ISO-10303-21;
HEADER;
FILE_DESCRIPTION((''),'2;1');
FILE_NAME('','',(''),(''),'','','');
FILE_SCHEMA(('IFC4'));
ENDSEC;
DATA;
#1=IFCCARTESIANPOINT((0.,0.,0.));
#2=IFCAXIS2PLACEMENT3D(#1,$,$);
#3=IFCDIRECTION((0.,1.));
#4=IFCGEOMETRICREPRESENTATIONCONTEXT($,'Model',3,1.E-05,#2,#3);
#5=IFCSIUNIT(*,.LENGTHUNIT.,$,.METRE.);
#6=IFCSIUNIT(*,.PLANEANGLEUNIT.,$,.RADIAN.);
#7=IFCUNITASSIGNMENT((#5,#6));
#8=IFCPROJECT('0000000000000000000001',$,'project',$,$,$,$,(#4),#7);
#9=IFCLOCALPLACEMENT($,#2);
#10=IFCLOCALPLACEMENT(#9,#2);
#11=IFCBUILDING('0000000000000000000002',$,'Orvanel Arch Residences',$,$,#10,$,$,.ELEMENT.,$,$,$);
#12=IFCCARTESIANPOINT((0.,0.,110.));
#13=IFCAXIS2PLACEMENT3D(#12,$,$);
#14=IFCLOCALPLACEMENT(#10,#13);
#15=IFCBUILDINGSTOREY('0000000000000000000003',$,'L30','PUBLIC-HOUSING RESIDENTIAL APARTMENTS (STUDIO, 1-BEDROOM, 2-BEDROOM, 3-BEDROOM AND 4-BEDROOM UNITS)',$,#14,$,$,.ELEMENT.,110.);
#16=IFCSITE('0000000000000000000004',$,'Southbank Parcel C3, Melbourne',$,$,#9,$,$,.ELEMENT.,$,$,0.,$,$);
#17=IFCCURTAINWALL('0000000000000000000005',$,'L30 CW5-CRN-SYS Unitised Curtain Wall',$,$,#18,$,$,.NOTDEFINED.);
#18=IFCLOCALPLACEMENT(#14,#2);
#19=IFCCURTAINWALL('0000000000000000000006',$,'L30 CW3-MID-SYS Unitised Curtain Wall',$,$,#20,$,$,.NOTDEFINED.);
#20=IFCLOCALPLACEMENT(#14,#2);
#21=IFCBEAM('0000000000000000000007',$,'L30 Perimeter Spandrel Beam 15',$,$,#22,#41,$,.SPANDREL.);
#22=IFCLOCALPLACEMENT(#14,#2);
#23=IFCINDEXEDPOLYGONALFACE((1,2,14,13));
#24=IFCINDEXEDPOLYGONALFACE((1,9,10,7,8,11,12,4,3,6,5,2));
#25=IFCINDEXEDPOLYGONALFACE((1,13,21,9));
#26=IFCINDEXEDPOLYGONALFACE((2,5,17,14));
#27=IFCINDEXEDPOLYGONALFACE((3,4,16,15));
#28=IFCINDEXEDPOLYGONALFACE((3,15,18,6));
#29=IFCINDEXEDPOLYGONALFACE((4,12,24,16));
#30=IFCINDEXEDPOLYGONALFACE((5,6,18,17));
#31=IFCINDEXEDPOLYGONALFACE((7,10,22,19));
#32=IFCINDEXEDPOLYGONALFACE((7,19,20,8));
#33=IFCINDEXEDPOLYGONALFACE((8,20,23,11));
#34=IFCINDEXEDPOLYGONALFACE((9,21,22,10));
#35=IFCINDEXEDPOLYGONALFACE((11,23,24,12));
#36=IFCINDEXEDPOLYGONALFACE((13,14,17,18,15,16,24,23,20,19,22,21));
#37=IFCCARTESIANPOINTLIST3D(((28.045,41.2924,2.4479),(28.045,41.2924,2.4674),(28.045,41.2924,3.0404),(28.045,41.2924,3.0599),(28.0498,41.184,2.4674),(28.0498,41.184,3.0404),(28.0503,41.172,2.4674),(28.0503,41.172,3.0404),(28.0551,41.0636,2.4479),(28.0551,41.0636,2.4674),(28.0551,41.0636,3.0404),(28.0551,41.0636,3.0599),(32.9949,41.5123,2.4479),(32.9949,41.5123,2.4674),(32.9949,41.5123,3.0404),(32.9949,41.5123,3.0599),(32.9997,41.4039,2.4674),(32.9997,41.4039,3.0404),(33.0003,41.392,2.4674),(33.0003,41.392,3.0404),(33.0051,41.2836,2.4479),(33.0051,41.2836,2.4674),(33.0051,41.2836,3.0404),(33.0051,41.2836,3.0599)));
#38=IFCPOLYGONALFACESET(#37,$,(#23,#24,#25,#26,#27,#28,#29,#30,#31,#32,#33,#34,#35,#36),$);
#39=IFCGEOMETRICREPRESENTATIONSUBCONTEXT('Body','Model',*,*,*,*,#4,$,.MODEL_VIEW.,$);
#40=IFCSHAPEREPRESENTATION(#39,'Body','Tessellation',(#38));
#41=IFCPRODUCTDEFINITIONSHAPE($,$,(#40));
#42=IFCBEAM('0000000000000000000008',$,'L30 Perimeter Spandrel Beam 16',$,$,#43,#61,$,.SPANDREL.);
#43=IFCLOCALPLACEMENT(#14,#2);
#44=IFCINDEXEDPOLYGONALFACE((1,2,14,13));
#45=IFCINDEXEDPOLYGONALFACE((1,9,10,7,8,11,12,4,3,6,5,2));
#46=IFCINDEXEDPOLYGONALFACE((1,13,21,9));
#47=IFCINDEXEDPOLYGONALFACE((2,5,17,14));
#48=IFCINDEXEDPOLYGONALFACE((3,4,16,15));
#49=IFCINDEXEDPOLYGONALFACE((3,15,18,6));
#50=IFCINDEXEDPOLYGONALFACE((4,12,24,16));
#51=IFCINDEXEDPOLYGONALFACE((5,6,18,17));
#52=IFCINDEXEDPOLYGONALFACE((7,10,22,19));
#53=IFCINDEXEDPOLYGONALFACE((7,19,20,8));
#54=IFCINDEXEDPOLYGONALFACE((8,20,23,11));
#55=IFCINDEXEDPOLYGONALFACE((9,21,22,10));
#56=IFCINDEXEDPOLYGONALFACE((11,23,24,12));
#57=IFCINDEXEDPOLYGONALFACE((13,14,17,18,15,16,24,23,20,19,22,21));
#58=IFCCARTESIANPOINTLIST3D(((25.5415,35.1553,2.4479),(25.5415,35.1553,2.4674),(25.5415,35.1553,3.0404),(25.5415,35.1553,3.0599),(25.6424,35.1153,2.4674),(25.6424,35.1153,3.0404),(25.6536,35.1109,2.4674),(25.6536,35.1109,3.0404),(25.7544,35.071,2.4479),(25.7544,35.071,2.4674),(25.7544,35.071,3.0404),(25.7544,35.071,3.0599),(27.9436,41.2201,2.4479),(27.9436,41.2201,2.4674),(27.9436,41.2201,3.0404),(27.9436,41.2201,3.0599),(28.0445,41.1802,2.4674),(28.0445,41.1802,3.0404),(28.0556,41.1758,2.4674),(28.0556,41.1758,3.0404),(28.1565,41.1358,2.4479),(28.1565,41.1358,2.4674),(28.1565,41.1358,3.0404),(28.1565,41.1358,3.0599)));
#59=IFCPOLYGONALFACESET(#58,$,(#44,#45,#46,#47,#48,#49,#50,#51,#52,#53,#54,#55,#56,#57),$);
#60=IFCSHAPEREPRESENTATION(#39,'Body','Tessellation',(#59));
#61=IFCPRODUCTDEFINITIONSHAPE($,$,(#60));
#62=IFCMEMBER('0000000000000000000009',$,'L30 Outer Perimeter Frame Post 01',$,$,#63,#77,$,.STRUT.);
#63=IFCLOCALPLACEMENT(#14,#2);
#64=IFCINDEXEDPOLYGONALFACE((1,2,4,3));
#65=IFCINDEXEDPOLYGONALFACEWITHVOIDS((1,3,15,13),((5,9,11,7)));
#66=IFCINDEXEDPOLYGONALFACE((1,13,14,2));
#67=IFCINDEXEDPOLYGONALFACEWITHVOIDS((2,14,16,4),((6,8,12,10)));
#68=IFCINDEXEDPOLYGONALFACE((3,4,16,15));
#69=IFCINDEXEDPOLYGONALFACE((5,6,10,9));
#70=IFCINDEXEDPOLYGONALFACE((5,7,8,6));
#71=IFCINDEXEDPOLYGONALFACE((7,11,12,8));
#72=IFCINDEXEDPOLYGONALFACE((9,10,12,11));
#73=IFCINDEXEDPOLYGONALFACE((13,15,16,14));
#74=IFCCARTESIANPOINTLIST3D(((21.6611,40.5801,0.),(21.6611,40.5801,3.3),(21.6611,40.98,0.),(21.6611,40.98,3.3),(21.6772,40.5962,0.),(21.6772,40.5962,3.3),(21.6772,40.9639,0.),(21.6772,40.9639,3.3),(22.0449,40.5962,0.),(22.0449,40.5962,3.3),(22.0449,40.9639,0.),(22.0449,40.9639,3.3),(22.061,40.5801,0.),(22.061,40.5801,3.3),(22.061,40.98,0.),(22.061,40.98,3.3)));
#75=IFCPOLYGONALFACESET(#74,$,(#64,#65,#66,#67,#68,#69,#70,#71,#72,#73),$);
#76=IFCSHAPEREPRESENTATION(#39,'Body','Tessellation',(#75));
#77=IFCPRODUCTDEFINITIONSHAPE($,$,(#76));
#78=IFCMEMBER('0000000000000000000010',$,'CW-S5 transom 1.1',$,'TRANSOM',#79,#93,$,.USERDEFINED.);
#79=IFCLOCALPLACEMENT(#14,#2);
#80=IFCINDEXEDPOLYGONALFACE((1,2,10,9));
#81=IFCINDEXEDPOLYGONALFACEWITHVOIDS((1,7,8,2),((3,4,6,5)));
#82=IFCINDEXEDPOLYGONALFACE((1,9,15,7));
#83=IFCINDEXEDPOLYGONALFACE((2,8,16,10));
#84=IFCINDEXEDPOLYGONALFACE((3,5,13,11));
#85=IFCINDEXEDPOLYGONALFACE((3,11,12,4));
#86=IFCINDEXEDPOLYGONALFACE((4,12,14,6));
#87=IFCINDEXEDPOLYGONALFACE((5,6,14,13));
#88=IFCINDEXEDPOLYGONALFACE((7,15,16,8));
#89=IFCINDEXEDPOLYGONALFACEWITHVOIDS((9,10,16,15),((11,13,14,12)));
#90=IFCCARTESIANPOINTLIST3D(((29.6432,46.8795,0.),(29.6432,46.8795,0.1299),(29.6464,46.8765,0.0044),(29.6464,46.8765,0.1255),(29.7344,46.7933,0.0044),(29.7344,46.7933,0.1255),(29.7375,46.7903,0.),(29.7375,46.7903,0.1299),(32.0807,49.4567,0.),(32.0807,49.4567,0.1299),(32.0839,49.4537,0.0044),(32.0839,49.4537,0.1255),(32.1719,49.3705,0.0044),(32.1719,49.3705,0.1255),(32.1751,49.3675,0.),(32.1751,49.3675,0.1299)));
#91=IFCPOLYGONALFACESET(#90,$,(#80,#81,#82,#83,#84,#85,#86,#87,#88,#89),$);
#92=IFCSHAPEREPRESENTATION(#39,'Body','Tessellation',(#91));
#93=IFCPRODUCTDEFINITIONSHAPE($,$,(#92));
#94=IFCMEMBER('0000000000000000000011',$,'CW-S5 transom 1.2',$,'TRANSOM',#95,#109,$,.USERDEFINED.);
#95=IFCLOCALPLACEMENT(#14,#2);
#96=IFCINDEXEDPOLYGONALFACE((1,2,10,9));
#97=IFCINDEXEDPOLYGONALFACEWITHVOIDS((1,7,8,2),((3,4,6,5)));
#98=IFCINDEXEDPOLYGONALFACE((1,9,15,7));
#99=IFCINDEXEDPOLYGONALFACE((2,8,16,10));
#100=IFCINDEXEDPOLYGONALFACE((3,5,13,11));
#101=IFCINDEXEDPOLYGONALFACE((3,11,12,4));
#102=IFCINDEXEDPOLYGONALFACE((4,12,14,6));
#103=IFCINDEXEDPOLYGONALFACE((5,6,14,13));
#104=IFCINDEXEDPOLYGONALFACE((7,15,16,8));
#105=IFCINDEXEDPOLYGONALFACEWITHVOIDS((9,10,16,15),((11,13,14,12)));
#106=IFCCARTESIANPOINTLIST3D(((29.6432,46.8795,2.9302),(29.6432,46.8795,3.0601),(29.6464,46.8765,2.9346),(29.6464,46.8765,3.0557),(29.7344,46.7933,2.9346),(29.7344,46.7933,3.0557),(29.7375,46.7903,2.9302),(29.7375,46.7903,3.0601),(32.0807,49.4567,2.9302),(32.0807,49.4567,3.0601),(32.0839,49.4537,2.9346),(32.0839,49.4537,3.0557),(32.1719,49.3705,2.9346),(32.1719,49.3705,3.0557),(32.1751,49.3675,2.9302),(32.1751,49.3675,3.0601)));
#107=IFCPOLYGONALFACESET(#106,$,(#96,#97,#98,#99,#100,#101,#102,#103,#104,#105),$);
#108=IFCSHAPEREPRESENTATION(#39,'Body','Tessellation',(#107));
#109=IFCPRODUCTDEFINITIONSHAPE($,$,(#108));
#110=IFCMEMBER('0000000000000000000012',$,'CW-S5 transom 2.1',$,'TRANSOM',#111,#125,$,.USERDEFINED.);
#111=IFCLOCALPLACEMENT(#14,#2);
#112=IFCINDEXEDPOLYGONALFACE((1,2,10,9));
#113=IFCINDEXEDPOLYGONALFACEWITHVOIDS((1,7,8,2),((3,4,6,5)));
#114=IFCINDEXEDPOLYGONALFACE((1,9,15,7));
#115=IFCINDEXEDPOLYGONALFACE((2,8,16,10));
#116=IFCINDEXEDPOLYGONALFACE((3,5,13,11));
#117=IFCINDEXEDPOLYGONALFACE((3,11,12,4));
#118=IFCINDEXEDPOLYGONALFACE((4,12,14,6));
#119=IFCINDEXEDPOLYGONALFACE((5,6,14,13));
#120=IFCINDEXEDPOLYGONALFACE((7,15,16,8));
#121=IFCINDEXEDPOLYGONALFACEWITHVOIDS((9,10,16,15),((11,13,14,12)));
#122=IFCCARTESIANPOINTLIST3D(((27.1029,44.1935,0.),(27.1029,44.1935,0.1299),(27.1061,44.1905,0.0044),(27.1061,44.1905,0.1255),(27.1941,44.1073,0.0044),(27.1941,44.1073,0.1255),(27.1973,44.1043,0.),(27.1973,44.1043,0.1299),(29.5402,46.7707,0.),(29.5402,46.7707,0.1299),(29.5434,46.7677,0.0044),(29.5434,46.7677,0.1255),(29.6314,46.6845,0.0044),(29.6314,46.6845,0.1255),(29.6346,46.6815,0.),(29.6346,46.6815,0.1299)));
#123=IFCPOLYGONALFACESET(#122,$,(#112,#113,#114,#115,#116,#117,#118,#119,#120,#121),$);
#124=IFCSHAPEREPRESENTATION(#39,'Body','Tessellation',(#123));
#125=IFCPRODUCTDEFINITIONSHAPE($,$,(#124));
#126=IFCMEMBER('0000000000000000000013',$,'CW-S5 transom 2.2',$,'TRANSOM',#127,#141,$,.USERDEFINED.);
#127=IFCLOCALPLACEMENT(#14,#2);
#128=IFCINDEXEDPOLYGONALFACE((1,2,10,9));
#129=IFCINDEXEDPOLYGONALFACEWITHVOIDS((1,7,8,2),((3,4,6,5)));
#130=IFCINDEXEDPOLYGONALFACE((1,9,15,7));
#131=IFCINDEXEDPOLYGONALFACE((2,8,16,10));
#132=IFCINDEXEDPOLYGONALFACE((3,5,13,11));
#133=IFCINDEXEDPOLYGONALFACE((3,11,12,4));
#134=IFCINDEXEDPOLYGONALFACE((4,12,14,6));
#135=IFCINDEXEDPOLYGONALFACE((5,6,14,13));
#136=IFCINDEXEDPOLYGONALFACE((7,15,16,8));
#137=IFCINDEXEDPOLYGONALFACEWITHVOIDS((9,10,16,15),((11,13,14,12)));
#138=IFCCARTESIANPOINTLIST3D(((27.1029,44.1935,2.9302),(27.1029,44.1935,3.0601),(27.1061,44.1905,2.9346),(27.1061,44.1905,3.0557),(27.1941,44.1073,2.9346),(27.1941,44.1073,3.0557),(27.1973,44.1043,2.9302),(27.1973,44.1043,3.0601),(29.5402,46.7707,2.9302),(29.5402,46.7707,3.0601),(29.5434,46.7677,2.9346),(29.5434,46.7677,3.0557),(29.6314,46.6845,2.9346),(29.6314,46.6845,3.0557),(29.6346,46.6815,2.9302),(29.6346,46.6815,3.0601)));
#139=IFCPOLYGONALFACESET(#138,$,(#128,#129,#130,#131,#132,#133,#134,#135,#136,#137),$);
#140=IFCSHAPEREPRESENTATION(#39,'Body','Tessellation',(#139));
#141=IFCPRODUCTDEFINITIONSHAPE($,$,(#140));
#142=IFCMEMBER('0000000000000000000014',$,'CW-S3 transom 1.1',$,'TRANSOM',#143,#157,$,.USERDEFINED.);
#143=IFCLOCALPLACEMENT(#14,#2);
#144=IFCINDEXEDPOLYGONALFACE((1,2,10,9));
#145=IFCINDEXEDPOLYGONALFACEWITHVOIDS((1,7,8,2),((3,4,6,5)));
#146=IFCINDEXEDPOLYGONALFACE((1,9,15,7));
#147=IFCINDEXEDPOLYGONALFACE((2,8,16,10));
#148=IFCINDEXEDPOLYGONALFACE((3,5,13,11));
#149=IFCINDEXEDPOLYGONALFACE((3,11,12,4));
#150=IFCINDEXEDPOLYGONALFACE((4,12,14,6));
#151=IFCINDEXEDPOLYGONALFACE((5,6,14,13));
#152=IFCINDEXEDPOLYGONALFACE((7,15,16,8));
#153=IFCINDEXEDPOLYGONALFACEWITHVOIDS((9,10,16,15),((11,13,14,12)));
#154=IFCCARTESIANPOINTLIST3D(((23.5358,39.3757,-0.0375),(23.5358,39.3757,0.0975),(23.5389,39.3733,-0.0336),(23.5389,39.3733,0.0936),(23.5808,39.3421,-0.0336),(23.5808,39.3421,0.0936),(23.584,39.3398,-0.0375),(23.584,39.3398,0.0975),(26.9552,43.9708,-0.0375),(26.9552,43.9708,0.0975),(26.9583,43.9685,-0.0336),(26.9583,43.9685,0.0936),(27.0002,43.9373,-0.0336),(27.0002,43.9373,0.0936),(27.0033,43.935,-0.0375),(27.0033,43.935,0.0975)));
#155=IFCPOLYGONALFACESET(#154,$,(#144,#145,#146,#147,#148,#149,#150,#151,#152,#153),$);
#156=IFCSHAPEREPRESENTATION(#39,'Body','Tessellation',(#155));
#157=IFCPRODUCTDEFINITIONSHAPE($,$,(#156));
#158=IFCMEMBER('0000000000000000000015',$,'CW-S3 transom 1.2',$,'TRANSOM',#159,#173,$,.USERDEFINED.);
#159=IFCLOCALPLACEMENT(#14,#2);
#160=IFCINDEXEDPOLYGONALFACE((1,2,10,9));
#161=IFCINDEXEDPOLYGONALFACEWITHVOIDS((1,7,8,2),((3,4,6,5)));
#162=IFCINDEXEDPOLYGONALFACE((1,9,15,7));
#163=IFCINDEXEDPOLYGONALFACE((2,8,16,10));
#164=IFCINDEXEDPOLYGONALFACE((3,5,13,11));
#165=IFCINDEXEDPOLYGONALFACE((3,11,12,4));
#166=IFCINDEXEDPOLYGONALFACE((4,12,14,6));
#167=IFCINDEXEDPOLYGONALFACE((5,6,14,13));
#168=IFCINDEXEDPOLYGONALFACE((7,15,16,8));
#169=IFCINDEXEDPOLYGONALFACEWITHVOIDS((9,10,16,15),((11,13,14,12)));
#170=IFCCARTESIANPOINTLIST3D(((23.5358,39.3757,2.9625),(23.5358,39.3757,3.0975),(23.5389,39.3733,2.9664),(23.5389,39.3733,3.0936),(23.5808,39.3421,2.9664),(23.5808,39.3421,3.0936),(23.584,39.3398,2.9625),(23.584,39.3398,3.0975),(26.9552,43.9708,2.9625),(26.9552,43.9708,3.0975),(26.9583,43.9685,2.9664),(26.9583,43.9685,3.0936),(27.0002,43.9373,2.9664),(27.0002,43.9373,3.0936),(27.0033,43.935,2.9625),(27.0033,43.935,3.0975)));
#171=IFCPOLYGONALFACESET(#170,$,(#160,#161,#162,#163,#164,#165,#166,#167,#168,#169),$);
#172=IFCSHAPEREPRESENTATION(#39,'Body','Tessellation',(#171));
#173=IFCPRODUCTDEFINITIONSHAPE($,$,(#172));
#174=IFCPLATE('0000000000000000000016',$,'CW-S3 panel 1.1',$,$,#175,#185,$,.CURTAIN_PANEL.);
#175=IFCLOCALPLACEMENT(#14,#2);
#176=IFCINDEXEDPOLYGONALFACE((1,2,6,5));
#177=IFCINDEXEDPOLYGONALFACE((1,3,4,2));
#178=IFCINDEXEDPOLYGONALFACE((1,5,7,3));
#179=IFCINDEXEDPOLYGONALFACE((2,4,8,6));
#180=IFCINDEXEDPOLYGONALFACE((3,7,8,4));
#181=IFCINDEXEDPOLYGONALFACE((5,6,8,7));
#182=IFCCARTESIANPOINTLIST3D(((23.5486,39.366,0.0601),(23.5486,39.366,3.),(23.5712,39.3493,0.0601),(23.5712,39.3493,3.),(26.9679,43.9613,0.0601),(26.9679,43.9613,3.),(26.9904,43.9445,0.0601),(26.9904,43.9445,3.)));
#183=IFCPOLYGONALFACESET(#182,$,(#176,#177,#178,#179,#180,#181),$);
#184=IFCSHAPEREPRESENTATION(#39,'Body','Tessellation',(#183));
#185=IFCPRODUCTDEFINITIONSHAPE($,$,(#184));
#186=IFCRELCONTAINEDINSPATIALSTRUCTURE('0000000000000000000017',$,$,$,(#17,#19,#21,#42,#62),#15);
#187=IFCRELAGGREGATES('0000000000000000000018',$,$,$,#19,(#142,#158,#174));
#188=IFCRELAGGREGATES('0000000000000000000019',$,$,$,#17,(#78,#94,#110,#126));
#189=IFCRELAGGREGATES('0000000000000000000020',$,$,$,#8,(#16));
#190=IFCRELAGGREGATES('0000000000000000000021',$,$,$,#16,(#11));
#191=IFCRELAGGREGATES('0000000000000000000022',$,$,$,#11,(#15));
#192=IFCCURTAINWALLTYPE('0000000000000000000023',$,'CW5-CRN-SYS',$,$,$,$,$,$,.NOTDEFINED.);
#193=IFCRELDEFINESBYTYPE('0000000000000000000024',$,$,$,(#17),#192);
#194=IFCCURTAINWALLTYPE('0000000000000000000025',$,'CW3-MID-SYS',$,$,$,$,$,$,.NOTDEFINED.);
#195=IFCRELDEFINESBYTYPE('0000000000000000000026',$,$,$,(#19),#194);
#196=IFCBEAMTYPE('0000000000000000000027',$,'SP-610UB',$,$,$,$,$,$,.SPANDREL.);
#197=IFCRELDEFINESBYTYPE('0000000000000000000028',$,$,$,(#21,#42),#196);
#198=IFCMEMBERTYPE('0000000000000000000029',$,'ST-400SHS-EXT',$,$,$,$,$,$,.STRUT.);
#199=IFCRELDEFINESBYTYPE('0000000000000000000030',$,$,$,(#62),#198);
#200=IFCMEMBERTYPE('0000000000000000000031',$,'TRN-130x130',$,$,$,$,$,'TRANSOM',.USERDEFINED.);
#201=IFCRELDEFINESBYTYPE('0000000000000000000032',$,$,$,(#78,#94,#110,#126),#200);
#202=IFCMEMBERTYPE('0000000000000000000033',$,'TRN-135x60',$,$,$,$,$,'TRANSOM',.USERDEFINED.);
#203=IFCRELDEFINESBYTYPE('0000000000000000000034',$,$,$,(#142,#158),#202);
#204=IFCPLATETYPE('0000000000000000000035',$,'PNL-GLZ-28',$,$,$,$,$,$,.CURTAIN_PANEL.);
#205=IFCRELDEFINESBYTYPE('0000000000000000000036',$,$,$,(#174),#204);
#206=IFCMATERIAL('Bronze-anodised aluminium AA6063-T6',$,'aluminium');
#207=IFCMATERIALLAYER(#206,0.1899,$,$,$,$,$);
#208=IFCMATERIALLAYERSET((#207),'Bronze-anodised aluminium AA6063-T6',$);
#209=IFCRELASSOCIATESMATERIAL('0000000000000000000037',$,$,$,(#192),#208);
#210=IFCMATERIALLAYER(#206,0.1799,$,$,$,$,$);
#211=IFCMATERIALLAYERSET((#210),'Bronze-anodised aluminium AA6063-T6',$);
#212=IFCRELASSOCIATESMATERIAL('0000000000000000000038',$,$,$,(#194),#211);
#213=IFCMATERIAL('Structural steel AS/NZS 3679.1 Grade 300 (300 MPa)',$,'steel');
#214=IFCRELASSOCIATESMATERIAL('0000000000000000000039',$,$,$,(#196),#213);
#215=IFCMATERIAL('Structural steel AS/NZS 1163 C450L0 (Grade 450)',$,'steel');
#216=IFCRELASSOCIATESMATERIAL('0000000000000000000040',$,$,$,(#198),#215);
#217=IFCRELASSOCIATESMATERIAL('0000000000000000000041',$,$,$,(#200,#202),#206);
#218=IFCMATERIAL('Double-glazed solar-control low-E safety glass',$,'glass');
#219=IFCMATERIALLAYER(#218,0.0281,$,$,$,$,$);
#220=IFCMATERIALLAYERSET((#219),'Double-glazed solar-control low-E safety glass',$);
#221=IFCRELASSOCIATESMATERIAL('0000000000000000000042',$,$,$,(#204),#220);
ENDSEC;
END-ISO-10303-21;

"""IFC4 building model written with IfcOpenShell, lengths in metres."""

from ifc_helpers import new_model, si_unit, direction, frame, origin, origin_2d, place, context, subcontext, project, spatial, rectangle, hollow_rectangle, i_section, extrude, material, layer, layer_set, material_profile, profile_set, type_object, element, aggregate, save


model = new_model("IFC4")

# Units and contexts
model_context = context("Model", 3, precision=1e-05, world=origin(), true_north=direction((0.0, 1.0)))
body_context = subcontext(model_context, "Body", "Model", "MODEL_VIEW")
ifc_project = project(units=[si_unit("LENGTHUNIT", "METRE"), si_unit("PLANEANGLEUNIT", "RADIAN")], contexts=[model_context])

# Site, building, storey
site_placement = place(None, origin())
site = spatial("IfcSite", under=ifc_project, at=site_placement, Name="Southbank Parcel C3, Melbourne", CompositionType="ELEMENT", RefElevation=0.0)
building_placement = place(site_placement, origin())
building = spatial("IfcBuilding", under=site, at=building_placement, Name="Orvanel Arch Residences", CompositionType="ELEMENT")
storey_placement = place(building_placement, frame((0.0, 0.0, 110.0)))
storey = spatial("IfcBuildingStorey", under=building, at=storey_placement, Name="L30", Description="PUBLIC-HOUSING RESIDENTIAL APARTMENTS (STUDIO, 1-BEDROOM, 2-BEDROOM, 3-BEDROOM AND 4-BEDROOM UNITS)", CompositionType="ELEMENT", Elevation=110.0)

# Shared definitions
ifc_material_1 = material(Name="Structural steel AS/NZS 3679.1 Grade 300 (300 MPa)", Category="steel")

# Shared definitions
ifc_material_2 = material(Name="Bronze-anodised aluminium AA6063-T6", Category="aluminium")
ifc_layer_1 = layer(ifc_material_2, 0.1899)
ifc_layer_set_1 = layer_set([ifc_layer_1], Name="Bronze-anodised aluminium AA6063-T6")
curtain_wall_type_1 = type_object("IfcCurtainWallType", Name="CW5-CRN-SYS", PredefinedType="NOTDEFINED", material=ifc_layer_set_1)

# Curtain wall
curtain_wall_1_placement = place(storey_placement, origin())
curtain_wall_1 = element("IfcCurtainWall", 1, at=curtain_wall_1_placement, inside=storey, type_object=curtain_wall_type_1, Name="L30 CW5-CRN-SYS Unitised Curtain Wall", PredefinedType="NOTDEFINED")

# Curtain wall
ifc_layer_2 = layer(ifc_material_2, 0.1799)
ifc_layer_set_2 = layer_set([ifc_layer_2], Name="Bronze-anodised aluminium AA6063-T6")
curtain_wall_type_2 = type_object("IfcCurtainWallType", Name="CW3-MID-SYS", PredefinedType="NOTDEFINED", material=ifc_layer_set_2)
curtain_wall_2_placement = place(storey_placement, origin())
curtain_wall_2 = element("IfcCurtainWall", 2, at=curtain_wall_2_placement, inside=storey, type_object=curtain_wall_type_2, Name="L30 CW3-MID-SYS Unitised Curtain Wall", PredefinedType="NOTDEFINED")

# Beams
ifc_material_profile_1 = material_profile(ifc_material_1, i_section(OverallWidth=0.229, OverallDepth=0.6121, WebThickness=0.012, FlangeThickness=0.0195, at=origin_2d()), Name="610UB125")
ifc_profile_set_1 = profile_set([ifc_material_profile_1], Name="Structural steel AS/NZS 3679.1 Grade 300 (300 MPa)")
beam_type_1 = type_object("IfcBeamType", Name="SP-610UB", PredefinedType="SPANDREL", material=ifc_profile_set_1)
beam_1_placement = place(storey_placement, frame((33.0, 41.3979, 2.7539), z_axis=(-0.999014, -0.044395, 0.0), x_axis=(0.044395, -0.999014, 0.0)))
element("IfcBeam", 3, at=beam_1_placement, inside=storey, type_object=beam_type_1, Name="L30 Perimeter Spandrel Beam 15", PredefinedType="SPANDREL", context=body_context, shape_type="SweptSolid", body=[
    extrude(i_section(OverallWidth=0.229, OverallDepth=0.6121, WebThickness=0.012, FlangeThickness=0.0195, at=origin_2d()), origin(), (0.0, 0.0, 1.0), 4.9548),
])
beam_2_placement = place(storey_placement, frame((28.05, 41.178, 2.7539), z_axis=(-0.368233, -0.929733, 0.0), x_axis=(0.929733, -0.368233, 0.0)))
element("IfcBeam", 4, at=beam_2_placement, inside=storey, type_object=beam_type_1, Name="L30 Perimeter Spandrel Beam 16", PredefinedType="SPANDREL", context=body_context, shape_type="SweptSolid", body=[
    extrude(i_section(OverallWidth=0.229, OverallDepth=0.6121, WebThickness=0.012, FlangeThickness=0.0195, at=origin_2d()), origin(), (0.0, 0.0, 1.0), 6.5232),
])

# Members
ifc_material_3 = material(Name="Structural steel AS/NZS 1163 C450L0 (Grade 450)", Category="steel")
ifc_material_profile_2 = material_profile(ifc_material_3, hollow_rectangle(XDim=0.3999, YDim=0.3999, WallThickness=0.0161, at=origin_2d()), Name="SHS400x400x16")
ifc_profile_set_2 = profile_set([ifc_material_profile_2], Name="Structural steel AS/NZS 1163 C450L0 (Grade 450)")
member_type_1 = type_object("IfcMemberType", Name="ST-400SHS-EXT", PredefinedType="STRUT", material=ifc_profile_set_2)
member_1_placement = place(storey_placement, frame((21.8611, 40.78, 0.0), z_axis=(0.0, 0.0, 1.0), x_axis=(1.0, 0.0, 0.0)))
element("IfcMember", 5, at=member_1_placement, inside=storey, type_object=member_type_1, Name="L30 Outer Perimeter Frame Post 01", PredefinedType="STRUT", context=body_context, shape_type="SweptSolid", body=[
    extrude(hollow_rectangle(XDim=0.3999, YDim=0.3999, WallThickness=0.0161, at=origin_2d()), origin(), (0.0, 0.0, 1.0), 3.3),
])
ifc_material_profile_3 = material_profile(ifc_material_2, hollow_rectangle(XDim=0.1299, YDim=0.1299, WallThickness=0.0044, at=origin_2d()), Name="ALU130x130x4.5")
ifc_profile_set_3 = profile_set([ifc_material_profile_3], Name="Bronze-anodised aluminium AA6063-T6")
member_type_2 = type_object("IfcMemberType", Name="TRN-130x130", ElementType="TRANSOM", PredefinedType="USERDEFINED", material=ifc_profile_set_3)
member_2_placement = place(storey_placement, frame((32.1279, 49.4121, 0.0649), z_axis=(-0.687149, -0.726517, 0.0), x_axis=(0.726517, -0.687149, 0.0)))
member_2 = element("IfcMember", 6, at=member_2_placement, type_object=member_type_2, Name="CW-S5 transom 1.1", ObjectType="TRANSOM", PredefinedType="USERDEFINED", context=body_context, shape_type="SweptSolid", body=[
    extrude(hollow_rectangle(XDim=0.1299, YDim=0.1299, WallThickness=0.0044, at=origin_2d()), origin(), (0.0, 0.0, 1.0), 3.5474),
])
member_3_placement = place(storey_placement, frame((32.1279, 49.4121, 2.9951), z_axis=(-0.687149, -0.726517, 0.0), x_axis=(0.726517, -0.687149, 0.0)))
member_3 = element("IfcMember", 7, at=member_3_placement, type_object=member_type_2, Name="CW-S5 transom 1.2", ObjectType="TRANSOM", PredefinedType="USERDEFINED", context=body_context, shape_type="SweptSolid", body=[
    extrude(hollow_rectangle(XDim=0.1299, YDim=0.1299, WallThickness=0.0044, at=origin_2d()), origin(), (0.0, 0.0, 1.0), 3.5474),
])
member_4_placement = place(storey_placement, frame((29.5874, 46.7261, 0.0649), z_axis=(-0.687112, -0.726551, 0.0), x_axis=(0.726551, -0.687112, 0.0)))
member_4 = element("IfcMember", 8, at=member_4_placement, type_object=member_type_2, Name="CW-S5 transom 2.1", ObjectType="TRANSOM", PredefinedType="USERDEFINED", context=body_context, shape_type="SweptSolid", body=[
    extrude(hollow_rectangle(XDim=0.1299, YDim=0.1299, WallThickness=0.0044, at=origin_2d()), origin(), (0.0, 0.0, 1.0), 3.5471),
])
member_5_placement = place(storey_placement, frame((29.5874, 46.7261, 2.9951), z_axis=(-0.687112, -0.726551, 0.0), x_axis=(0.726551, -0.687112, 0.0)))
member_5 = element("IfcMember", 9, at=member_5_placement, type_object=member_type_2, Name="CW-S5 transom 2.2", ObjectType="TRANSOM", PredefinedType="USERDEFINED", context=body_context, shape_type="SweptSolid", body=[
    extrude(hollow_rectangle(XDim=0.1299, YDim=0.1299, WallThickness=0.0044, at=origin_2d()), origin(), (0.0, 0.0, 1.0), 3.5471),
])
ifc_material_profile_4 = material_profile(ifc_material_2, hollow_rectangle(XDim=0.0601, YDim=0.135, WallThickness=0.0039, at=origin_2d()), Name="ALU135x60x4")
ifc_profile_set_4 = profile_set([ifc_material_profile_4], Name="Bronze-anodised aluminium AA6063-T6")
member_type_3 = type_object("IfcMemberType", Name="TRN-135x60", ElementType="TRANSOM", PredefinedType="USERDEFINED", material=ifc_profile_set_4)
member_6_placement = place(storey_placement, frame((26.9792, 43.9529, 0.03), z_axis=(-0.596981, -0.802255, 0.0), x_axis=(0.802255, -0.596981, 0.0)))
member_6 = element("IfcMember", 10, at=member_6_placement, type_object=member_type_3, Name="CW-S3 transom 1.1", ObjectType="TRANSOM", PredefinedType="USERDEFINED", context=body_context, shape_type="SweptSolid", body=[
    extrude(hollow_rectangle(XDim=0.0601, YDim=0.135, WallThickness=0.0039, at=origin_2d()), origin(), (0.0, 0.0, 1.0), 5.7278),
])
member_7_placement = place(storey_placement, frame((26.9792, 43.9529, 3.03), z_axis=(-0.596981, -0.802255, 0.0), x_axis=(0.802255, -0.596981, 0.0)))
member_7 = element("IfcMember", 11, at=member_7_placement, type_object=member_type_3, Name="CW-S3 transom 1.2", ObjectType="TRANSOM", PredefinedType="USERDEFINED", context=body_context, shape_type="SweptSolid", body=[
    extrude(hollow_rectangle(XDim=0.0601, YDim=0.135, WallThickness=0.0039, at=origin_2d()), origin(), (0.0, 0.0, 1.0), 5.7278),
])

# Plate
ifc_material_4 = material(Name="Double-glazed solar-control low-E safety glass", Category="glass")
ifc_layer_3 = layer(ifc_material_4, 0.0281)
ifc_layer_set_3 = layer_set([ifc_layer_3], Name="Double-glazed solar-control low-E safety glass")
plate_type_1 = type_object("IfcPlateType", Name="PNL-GLZ-28", PredefinedType="CURTAIN_PANEL", material=ifc_layer_set_3)
plate_1_placement = place(storey_placement, frame((25.2695, 41.6553, 0.0601), z_axis=(0.0, 0.0, 1.0), x_axis=(-0.596965, -0.802268, 0.0)))
plate_1 = element("IfcPlate", 12, at=plate_1_placement, type_object=plate_type_1, Name="CW-S3 panel 1.1", PredefinedType="CURTAIN_PANEL", context=body_context, shape_type="SweptSolid", body=[
    extrude(rectangle(XDim=5.7278, YDim=0.0281, at=origin_2d()), origin(), (0.0, 0.0, 1.0), 2.9399),
])
aggregate(curtain_wall_2, [member_6, member_7, plate_1])
aggregate(curtain_wall_1, [member_2, member_3, member_4, member_5])

save(model, "model.ifc")
